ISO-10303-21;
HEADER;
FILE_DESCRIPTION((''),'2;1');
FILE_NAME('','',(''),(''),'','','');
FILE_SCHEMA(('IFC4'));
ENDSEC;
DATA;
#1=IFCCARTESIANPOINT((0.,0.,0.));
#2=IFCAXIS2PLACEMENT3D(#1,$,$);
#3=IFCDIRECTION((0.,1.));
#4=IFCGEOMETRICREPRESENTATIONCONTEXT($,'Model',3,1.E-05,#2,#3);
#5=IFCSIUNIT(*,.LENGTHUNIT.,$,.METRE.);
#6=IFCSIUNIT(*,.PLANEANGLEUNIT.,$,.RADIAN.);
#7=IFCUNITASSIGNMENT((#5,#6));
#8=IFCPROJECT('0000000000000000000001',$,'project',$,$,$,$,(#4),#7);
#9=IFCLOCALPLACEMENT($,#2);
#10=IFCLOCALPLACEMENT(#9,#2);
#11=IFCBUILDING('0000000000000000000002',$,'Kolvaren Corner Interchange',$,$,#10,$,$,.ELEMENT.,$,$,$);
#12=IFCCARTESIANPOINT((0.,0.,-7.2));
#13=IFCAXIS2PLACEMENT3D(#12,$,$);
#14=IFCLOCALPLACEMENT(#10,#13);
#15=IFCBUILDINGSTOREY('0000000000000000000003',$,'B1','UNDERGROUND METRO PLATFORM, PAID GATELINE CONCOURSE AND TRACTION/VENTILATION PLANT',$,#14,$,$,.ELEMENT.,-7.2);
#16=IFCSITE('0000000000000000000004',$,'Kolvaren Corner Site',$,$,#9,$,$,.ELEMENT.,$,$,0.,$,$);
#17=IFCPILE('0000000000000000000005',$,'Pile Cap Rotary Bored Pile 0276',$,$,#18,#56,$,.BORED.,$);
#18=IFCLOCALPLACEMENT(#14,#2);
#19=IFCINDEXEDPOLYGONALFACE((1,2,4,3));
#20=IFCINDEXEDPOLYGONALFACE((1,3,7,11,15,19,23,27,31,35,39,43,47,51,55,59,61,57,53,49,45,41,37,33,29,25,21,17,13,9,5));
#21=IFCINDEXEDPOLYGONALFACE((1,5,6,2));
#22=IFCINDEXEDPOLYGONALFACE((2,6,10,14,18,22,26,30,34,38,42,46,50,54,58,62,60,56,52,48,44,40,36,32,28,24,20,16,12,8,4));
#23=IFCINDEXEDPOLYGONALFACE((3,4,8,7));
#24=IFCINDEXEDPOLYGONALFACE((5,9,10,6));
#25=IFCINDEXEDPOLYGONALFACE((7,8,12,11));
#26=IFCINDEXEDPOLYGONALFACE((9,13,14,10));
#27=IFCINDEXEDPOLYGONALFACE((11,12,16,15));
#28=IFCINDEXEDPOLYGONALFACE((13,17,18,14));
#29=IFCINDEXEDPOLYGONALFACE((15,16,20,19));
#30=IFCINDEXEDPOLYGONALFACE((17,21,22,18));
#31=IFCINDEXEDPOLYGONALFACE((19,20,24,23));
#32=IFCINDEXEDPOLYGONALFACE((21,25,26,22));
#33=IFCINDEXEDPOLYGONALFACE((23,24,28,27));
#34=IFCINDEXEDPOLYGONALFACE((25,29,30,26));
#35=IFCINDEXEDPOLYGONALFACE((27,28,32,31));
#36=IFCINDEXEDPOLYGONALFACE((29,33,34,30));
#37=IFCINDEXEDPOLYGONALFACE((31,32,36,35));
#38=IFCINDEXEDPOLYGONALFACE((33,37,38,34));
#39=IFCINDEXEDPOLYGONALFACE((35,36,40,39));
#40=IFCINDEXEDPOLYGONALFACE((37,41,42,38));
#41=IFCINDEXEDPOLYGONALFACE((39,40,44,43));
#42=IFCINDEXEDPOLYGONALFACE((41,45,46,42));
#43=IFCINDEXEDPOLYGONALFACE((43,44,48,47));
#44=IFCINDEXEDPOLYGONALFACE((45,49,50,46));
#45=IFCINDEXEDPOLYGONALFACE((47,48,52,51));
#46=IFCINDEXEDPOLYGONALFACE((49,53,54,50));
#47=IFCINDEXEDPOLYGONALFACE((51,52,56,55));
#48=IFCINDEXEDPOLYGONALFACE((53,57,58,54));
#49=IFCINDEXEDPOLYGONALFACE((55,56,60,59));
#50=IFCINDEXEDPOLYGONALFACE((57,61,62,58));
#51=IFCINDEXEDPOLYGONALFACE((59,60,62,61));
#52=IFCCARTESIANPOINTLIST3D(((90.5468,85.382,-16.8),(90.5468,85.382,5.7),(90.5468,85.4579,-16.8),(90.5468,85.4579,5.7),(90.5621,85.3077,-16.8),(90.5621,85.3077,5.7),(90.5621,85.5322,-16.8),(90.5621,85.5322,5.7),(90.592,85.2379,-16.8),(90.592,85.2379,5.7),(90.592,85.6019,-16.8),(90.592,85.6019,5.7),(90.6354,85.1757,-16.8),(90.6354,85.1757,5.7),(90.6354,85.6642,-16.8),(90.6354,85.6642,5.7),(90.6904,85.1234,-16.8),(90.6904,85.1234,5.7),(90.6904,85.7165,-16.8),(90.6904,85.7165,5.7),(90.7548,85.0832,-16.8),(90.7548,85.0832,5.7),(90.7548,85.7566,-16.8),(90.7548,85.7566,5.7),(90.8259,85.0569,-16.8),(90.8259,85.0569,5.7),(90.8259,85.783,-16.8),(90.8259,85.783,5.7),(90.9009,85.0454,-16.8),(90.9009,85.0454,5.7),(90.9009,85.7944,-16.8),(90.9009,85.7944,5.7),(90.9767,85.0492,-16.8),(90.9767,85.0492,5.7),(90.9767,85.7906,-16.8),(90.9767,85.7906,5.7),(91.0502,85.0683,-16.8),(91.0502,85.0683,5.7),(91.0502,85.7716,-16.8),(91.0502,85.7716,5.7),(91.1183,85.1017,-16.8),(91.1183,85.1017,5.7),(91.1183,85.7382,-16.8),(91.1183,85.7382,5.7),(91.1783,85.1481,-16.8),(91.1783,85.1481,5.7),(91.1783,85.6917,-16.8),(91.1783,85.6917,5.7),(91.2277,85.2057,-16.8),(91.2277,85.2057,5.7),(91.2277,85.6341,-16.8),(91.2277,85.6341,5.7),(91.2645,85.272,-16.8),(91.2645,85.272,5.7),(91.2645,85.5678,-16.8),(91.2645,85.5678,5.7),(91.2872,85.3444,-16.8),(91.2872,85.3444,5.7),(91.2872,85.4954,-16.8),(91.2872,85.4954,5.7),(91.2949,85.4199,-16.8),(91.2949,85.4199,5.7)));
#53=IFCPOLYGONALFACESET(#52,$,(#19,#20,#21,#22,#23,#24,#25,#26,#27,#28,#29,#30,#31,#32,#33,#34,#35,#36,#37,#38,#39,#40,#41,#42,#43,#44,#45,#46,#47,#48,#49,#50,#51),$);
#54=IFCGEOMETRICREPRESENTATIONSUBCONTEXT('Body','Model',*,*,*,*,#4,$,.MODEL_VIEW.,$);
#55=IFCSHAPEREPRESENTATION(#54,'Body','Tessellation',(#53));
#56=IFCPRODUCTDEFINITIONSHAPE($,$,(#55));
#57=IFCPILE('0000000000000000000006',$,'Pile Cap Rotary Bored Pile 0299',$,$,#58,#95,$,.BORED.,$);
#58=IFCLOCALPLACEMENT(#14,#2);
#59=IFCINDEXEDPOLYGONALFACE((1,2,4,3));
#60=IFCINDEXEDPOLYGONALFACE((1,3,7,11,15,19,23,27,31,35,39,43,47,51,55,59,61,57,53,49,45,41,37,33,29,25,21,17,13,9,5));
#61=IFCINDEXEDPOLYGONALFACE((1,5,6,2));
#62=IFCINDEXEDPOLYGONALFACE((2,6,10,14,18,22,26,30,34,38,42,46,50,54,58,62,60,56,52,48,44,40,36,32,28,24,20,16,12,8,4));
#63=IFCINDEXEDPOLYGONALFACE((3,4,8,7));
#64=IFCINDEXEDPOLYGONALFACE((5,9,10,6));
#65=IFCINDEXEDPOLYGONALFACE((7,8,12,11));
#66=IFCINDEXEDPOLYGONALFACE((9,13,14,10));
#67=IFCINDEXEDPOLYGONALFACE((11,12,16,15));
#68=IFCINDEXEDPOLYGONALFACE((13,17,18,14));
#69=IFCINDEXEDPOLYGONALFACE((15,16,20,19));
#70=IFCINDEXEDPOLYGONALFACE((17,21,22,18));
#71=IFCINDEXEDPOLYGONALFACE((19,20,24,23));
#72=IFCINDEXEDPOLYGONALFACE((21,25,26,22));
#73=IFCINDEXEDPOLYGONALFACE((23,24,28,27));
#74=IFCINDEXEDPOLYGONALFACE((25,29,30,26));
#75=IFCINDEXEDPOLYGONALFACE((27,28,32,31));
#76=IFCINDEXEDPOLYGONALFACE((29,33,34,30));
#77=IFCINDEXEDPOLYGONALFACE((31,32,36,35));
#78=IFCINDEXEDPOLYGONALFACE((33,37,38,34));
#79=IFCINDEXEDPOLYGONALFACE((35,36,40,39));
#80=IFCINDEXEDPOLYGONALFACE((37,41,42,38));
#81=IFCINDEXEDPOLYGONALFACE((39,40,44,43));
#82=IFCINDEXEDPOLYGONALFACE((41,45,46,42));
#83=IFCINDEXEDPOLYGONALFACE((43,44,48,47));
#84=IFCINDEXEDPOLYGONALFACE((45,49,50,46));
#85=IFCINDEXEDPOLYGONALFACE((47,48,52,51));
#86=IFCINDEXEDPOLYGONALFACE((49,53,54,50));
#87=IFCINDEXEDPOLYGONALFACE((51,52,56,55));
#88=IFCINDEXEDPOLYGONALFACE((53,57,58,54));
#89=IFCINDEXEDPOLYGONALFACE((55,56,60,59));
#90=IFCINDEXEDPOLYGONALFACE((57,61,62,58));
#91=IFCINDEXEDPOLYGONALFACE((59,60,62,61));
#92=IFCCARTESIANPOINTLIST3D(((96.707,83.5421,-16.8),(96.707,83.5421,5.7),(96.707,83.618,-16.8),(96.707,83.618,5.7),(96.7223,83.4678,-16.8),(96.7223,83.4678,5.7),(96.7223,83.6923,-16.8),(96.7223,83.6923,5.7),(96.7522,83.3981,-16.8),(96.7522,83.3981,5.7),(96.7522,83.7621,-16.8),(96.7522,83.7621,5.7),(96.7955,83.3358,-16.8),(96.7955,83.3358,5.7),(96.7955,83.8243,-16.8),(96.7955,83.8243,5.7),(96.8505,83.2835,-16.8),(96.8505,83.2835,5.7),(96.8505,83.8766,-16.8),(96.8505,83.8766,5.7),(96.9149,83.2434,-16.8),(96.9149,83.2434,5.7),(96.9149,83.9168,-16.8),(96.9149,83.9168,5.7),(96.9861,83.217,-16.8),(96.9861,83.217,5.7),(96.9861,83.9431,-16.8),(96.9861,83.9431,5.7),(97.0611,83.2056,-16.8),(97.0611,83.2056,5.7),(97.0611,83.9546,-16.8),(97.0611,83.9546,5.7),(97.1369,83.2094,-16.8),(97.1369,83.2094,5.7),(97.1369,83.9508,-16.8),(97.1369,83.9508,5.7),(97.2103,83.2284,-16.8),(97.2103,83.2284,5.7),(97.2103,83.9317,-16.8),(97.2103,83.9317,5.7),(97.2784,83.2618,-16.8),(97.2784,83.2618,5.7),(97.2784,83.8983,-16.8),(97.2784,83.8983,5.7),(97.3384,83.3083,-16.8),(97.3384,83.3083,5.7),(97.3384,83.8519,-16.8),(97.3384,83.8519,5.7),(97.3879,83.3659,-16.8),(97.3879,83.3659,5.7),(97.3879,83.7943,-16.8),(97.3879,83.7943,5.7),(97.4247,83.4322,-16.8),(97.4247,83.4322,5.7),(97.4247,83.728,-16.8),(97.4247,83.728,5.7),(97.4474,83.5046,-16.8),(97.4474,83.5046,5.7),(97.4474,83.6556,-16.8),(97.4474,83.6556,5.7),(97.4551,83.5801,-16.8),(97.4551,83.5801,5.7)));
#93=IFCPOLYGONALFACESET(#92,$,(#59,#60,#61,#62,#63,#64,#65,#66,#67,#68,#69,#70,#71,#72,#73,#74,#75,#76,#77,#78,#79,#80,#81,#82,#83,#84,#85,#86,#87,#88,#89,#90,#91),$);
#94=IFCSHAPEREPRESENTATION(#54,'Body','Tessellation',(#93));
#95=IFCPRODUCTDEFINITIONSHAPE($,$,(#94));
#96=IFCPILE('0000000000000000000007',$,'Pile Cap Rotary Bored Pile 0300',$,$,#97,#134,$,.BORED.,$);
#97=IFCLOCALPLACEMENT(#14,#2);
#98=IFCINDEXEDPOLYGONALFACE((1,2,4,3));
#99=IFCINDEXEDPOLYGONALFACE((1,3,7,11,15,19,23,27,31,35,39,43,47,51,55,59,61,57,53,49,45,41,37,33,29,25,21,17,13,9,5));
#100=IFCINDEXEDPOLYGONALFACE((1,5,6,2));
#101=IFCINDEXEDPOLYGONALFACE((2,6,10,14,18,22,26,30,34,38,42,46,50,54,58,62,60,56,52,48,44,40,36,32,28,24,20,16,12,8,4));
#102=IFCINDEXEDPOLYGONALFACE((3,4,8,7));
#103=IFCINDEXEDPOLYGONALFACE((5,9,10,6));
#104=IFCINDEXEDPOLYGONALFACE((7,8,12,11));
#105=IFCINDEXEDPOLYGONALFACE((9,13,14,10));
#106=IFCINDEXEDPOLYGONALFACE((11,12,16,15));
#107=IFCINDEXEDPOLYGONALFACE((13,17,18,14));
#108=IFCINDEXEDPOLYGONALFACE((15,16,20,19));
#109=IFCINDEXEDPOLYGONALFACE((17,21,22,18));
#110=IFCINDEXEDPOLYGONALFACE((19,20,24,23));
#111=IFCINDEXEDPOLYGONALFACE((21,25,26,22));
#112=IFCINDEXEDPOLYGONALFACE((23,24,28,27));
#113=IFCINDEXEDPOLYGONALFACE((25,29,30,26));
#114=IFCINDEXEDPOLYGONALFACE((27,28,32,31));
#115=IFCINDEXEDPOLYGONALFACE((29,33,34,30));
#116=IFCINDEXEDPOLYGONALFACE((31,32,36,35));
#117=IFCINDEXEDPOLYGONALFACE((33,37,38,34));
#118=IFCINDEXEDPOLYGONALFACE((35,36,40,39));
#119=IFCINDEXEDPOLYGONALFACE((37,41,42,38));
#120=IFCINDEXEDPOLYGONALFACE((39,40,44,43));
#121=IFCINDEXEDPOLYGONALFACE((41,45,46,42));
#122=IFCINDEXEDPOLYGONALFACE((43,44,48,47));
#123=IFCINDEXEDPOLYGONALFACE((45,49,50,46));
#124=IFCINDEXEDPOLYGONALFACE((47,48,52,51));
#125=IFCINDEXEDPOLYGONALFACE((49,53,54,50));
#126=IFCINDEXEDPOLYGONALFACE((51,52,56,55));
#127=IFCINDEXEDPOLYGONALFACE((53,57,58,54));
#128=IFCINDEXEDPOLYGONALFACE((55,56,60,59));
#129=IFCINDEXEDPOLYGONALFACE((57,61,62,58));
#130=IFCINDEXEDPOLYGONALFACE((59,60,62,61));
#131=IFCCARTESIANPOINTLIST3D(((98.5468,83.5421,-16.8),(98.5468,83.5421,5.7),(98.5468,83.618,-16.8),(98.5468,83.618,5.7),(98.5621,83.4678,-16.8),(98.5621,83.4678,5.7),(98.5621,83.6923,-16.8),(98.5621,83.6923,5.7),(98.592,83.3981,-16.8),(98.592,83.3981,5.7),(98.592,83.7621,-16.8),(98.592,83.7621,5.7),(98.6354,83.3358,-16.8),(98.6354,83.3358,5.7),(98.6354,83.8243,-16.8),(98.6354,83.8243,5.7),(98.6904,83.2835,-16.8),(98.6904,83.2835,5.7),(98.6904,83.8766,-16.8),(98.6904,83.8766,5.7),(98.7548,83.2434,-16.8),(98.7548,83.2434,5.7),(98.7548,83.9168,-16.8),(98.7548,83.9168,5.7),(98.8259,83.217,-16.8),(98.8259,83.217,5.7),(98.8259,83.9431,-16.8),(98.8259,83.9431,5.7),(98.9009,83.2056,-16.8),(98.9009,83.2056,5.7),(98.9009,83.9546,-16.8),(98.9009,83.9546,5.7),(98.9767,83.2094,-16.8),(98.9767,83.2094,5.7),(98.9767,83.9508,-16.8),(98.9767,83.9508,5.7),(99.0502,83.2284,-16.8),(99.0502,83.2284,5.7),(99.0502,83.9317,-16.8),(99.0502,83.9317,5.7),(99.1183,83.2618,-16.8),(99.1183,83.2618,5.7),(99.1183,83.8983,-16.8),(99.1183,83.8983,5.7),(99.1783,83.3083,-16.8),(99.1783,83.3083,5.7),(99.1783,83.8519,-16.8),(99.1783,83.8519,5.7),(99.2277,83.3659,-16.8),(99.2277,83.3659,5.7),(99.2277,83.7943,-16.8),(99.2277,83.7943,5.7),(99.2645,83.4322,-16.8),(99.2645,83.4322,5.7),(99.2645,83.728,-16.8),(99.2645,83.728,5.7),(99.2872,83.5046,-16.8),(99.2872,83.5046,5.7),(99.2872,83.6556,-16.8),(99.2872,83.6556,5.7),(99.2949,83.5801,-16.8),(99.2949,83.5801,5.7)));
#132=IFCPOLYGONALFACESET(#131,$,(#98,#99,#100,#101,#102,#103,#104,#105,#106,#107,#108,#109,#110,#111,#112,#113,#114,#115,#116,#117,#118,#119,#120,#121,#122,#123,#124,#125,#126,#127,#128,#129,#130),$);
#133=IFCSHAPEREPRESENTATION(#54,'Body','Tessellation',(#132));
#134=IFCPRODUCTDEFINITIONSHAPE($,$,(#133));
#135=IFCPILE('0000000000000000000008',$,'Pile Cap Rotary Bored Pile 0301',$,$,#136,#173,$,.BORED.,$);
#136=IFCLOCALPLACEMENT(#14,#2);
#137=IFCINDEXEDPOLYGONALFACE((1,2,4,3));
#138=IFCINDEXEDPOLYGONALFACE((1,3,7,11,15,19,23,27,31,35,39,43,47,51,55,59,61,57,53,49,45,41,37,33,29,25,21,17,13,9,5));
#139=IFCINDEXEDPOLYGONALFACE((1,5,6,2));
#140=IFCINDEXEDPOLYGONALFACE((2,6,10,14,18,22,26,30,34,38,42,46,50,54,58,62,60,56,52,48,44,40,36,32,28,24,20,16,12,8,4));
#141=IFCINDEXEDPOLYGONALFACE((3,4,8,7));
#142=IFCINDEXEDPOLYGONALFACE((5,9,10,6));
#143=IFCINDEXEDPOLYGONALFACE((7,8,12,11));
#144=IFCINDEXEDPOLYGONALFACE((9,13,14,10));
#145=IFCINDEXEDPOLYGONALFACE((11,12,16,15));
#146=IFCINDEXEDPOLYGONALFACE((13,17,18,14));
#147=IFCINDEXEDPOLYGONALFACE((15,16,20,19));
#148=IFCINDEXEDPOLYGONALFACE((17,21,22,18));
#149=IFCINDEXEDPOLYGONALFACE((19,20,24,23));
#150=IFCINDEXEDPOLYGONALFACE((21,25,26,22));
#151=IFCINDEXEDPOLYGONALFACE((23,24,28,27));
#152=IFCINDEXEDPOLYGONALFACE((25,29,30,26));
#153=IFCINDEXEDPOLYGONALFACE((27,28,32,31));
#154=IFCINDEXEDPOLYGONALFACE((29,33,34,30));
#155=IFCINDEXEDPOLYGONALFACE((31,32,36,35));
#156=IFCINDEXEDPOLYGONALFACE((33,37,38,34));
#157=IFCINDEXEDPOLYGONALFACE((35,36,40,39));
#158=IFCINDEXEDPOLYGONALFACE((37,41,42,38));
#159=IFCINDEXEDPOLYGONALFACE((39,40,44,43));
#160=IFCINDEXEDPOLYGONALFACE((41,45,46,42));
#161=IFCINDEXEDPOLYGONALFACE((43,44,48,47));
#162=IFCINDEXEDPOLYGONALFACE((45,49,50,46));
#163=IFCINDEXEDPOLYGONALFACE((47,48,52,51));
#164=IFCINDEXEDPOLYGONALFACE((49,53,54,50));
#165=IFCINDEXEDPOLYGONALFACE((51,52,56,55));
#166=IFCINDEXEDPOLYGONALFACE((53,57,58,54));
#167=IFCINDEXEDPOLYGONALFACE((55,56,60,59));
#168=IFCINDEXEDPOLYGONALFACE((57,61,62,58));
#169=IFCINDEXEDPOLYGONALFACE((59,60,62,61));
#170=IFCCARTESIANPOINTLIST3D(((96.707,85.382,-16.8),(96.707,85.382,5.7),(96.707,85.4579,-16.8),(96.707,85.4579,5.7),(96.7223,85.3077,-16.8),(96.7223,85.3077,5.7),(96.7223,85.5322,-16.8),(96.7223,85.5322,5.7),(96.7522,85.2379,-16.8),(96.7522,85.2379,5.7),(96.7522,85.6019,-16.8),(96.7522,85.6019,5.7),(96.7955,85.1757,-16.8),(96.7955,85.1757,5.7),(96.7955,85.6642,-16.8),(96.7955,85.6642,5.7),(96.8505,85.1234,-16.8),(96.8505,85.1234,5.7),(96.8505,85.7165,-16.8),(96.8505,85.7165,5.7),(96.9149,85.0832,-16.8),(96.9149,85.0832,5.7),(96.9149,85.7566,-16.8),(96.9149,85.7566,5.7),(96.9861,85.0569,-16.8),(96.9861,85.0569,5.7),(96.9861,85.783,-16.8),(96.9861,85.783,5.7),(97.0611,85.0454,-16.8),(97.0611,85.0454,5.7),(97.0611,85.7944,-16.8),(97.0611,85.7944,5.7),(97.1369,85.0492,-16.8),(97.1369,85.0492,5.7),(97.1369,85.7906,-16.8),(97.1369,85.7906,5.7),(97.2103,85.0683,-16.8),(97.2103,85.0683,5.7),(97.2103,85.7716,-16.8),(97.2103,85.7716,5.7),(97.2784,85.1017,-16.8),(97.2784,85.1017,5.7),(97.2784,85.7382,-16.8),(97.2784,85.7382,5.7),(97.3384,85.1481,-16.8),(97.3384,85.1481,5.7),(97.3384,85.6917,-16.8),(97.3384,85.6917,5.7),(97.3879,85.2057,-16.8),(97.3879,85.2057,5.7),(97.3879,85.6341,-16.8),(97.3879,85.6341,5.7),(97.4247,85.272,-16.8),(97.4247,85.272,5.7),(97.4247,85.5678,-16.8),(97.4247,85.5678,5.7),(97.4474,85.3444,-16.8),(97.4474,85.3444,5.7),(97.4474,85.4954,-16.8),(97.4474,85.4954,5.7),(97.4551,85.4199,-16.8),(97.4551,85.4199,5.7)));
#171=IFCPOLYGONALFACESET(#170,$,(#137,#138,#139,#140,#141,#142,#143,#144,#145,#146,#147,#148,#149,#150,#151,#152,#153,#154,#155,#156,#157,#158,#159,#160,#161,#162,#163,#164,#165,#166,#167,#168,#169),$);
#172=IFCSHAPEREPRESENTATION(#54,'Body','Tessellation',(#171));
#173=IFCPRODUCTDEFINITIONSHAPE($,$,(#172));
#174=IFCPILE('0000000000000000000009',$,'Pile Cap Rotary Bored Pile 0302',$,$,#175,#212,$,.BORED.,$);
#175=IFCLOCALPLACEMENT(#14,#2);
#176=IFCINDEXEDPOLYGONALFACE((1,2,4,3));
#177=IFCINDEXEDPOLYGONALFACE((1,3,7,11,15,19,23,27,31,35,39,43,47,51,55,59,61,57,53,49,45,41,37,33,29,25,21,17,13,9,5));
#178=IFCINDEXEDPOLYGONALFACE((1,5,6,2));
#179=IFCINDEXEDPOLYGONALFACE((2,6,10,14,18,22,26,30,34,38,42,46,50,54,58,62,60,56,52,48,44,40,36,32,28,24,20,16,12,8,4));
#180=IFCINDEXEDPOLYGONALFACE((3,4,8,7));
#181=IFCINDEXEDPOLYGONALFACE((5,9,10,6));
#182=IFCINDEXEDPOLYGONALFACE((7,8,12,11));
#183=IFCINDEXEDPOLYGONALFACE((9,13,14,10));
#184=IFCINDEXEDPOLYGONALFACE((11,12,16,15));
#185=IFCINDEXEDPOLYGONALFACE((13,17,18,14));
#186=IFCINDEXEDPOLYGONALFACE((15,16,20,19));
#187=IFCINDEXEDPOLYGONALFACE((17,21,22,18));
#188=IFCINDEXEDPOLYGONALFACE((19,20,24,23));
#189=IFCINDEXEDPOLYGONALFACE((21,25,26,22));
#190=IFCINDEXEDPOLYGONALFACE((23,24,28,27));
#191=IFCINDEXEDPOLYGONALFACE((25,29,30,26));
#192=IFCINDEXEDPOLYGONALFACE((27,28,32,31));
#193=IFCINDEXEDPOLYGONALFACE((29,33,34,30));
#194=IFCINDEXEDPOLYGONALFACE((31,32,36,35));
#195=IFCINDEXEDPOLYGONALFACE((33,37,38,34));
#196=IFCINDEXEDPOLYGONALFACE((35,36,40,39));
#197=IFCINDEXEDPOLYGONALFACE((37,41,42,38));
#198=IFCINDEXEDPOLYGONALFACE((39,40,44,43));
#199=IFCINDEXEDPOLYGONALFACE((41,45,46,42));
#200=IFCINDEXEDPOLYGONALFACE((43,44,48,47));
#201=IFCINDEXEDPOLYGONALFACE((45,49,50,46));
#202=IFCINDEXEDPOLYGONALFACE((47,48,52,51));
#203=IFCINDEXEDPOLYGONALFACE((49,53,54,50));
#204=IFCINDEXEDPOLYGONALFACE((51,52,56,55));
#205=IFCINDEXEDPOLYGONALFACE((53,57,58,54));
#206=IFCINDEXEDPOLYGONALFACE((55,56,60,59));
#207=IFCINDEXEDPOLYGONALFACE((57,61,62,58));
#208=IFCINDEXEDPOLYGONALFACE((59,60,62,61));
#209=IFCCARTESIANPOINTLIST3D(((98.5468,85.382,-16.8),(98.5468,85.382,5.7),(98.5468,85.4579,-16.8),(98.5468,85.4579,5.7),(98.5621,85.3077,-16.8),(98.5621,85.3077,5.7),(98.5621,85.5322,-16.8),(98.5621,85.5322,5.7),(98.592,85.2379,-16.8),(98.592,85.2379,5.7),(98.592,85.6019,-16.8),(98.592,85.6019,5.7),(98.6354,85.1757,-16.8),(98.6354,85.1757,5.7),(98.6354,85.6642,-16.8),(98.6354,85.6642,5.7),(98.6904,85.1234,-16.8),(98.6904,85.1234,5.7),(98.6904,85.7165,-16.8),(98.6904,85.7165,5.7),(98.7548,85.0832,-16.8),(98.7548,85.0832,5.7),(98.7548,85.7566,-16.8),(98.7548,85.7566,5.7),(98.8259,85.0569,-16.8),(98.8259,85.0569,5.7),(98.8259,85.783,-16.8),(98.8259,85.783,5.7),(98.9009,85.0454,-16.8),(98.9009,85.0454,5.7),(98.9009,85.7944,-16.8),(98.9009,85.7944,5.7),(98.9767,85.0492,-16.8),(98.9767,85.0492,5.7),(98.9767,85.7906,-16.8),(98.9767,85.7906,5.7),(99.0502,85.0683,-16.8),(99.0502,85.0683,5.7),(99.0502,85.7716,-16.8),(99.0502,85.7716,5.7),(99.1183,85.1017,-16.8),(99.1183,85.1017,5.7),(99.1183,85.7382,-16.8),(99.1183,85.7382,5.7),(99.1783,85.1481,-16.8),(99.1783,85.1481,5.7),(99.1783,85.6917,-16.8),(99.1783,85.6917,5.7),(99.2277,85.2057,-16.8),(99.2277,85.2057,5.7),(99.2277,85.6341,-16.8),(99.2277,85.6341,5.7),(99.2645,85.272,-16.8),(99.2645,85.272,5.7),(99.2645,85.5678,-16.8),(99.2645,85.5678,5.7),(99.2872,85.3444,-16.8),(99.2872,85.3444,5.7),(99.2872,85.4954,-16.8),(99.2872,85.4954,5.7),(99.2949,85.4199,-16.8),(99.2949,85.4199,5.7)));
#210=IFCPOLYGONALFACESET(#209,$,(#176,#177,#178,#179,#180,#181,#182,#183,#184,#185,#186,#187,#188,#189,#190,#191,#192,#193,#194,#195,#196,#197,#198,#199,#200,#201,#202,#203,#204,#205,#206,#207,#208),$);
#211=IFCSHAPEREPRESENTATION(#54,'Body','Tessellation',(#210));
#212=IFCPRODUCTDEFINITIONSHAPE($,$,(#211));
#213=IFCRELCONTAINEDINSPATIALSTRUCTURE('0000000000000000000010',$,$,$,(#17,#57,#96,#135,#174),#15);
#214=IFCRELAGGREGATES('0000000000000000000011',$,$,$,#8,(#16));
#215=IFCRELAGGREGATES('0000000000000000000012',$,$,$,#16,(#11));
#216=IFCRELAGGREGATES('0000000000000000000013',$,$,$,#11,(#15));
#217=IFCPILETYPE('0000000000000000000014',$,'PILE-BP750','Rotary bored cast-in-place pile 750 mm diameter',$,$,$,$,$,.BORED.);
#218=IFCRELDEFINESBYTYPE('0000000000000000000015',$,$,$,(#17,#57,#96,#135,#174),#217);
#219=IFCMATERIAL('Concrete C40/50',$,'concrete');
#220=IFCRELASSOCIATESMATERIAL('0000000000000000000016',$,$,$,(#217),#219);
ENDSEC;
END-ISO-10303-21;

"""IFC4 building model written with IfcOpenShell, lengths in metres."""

from ifc_helpers import new_model, si_unit, direction, frame, origin, origin_2d, place, context, subcontext, project, spatial, circle, extrude, material, material_profile, profile_set, type_object, element, save


model = new_model("IFC4")

# Units and contexts
model_context = context("Model", 3, precision=1e-05, world=origin(), true_north=direction((0.0, 1.0)))
body_context = subcontext(model_context, "Body", "Model", "MODEL_VIEW")
ifc_project = project(units=[si_unit("LENGTHUNIT", "METRE"), si_unit("PLANEANGLEUNIT", "RADIAN")], contexts=[model_context])

# Site, building, storey
site_placement = place(None, origin())
site = spatial("IfcSite", under=ifc_project, at=site_placement, Name="Kolvaren Corner Site", CompositionType="ELEMENT", RefElevation=0.0)
building_placement = place(site_placement, origin())
building = spatial("IfcBuilding", under=site, at=building_placement, Name="Kolvaren Corner Interchange", CompositionType="ELEMENT")
storey_placement = place(building_placement, frame((0.0, 0.0, -7.2)))
storey = spatial("IfcBuildingStorey", under=building, at=storey_placement, Name="B1", Description="UNDERGROUND METRO PLATFORM, PAID GATELINE CONCOURSE AND TRACTION/VENTILATION PLANT", CompositionType="ELEMENT", Elevation=-7.2)

# Piles
ifc_material_1 = material(Name="Concrete C40/50", Category="concrete")
ifc_material_profile_1 = material_profile(ifc_material_1, circle(Radius=0.375, at=origin_2d()), Name="BORED PILE 750")
ifc_profile_set_1 = profile_set([ifc_material_profile_1], Name="Concrete C40/50")
pile_type_1 = type_object("IfcPileType", Name="PILE-BP750", Description="Rotary bored cast-in-place pile 750 mm diameter", PredefinedType="BORED", material=ifc_profile_set_1)
for number, where, z_axis, x_axis, name in (
    (1, (90.9199, 85.4199, 5.7), (0.0, 0.0, -1.0), (1.0, 0.0, 0.0), "Pile Cap Rotary Bored Pile 0276"),
    (2, (97.0801, 83.5801, 5.7), (0.0, 0.0, -1.0), (1.0, 0.0, 0.0), "Pile Cap Rotary Bored Pile 0299"),
    (3, (98.9199, 83.5801, 5.7), (0.0, 0.0, -1.0), (1.0, 0.0, 0.0), "Pile Cap Rotary Bored Pile 0300"),
    (4, (97.0801, 85.4199, 5.7), (0.0, 0.0, -1.0), (1.0, 0.0, 0.0), "Pile Cap Rotary Bored Pile 0301"),
    (5, (98.9199, 85.4199, 5.7), (0.0, 0.0, -1.0), (1.0, 0.0, 0.0), "Pile Cap Rotary Bored Pile 0302"),
):
    element("IfcPile", number, at=place(storey_placement, frame(where, z_axis=z_axis, x_axis=x_axis)), inside=storey, type_object=pile_type_1, Name=name, PredefinedType="BORED", context=body_context, shape_type="SweptSolid", body=[
        extrude(circle(Radius=0.375, at=origin_2d()), origin(), (0.0, 0.0, 1.0), 22.5),
    ])

save(model, "model.ifc")
